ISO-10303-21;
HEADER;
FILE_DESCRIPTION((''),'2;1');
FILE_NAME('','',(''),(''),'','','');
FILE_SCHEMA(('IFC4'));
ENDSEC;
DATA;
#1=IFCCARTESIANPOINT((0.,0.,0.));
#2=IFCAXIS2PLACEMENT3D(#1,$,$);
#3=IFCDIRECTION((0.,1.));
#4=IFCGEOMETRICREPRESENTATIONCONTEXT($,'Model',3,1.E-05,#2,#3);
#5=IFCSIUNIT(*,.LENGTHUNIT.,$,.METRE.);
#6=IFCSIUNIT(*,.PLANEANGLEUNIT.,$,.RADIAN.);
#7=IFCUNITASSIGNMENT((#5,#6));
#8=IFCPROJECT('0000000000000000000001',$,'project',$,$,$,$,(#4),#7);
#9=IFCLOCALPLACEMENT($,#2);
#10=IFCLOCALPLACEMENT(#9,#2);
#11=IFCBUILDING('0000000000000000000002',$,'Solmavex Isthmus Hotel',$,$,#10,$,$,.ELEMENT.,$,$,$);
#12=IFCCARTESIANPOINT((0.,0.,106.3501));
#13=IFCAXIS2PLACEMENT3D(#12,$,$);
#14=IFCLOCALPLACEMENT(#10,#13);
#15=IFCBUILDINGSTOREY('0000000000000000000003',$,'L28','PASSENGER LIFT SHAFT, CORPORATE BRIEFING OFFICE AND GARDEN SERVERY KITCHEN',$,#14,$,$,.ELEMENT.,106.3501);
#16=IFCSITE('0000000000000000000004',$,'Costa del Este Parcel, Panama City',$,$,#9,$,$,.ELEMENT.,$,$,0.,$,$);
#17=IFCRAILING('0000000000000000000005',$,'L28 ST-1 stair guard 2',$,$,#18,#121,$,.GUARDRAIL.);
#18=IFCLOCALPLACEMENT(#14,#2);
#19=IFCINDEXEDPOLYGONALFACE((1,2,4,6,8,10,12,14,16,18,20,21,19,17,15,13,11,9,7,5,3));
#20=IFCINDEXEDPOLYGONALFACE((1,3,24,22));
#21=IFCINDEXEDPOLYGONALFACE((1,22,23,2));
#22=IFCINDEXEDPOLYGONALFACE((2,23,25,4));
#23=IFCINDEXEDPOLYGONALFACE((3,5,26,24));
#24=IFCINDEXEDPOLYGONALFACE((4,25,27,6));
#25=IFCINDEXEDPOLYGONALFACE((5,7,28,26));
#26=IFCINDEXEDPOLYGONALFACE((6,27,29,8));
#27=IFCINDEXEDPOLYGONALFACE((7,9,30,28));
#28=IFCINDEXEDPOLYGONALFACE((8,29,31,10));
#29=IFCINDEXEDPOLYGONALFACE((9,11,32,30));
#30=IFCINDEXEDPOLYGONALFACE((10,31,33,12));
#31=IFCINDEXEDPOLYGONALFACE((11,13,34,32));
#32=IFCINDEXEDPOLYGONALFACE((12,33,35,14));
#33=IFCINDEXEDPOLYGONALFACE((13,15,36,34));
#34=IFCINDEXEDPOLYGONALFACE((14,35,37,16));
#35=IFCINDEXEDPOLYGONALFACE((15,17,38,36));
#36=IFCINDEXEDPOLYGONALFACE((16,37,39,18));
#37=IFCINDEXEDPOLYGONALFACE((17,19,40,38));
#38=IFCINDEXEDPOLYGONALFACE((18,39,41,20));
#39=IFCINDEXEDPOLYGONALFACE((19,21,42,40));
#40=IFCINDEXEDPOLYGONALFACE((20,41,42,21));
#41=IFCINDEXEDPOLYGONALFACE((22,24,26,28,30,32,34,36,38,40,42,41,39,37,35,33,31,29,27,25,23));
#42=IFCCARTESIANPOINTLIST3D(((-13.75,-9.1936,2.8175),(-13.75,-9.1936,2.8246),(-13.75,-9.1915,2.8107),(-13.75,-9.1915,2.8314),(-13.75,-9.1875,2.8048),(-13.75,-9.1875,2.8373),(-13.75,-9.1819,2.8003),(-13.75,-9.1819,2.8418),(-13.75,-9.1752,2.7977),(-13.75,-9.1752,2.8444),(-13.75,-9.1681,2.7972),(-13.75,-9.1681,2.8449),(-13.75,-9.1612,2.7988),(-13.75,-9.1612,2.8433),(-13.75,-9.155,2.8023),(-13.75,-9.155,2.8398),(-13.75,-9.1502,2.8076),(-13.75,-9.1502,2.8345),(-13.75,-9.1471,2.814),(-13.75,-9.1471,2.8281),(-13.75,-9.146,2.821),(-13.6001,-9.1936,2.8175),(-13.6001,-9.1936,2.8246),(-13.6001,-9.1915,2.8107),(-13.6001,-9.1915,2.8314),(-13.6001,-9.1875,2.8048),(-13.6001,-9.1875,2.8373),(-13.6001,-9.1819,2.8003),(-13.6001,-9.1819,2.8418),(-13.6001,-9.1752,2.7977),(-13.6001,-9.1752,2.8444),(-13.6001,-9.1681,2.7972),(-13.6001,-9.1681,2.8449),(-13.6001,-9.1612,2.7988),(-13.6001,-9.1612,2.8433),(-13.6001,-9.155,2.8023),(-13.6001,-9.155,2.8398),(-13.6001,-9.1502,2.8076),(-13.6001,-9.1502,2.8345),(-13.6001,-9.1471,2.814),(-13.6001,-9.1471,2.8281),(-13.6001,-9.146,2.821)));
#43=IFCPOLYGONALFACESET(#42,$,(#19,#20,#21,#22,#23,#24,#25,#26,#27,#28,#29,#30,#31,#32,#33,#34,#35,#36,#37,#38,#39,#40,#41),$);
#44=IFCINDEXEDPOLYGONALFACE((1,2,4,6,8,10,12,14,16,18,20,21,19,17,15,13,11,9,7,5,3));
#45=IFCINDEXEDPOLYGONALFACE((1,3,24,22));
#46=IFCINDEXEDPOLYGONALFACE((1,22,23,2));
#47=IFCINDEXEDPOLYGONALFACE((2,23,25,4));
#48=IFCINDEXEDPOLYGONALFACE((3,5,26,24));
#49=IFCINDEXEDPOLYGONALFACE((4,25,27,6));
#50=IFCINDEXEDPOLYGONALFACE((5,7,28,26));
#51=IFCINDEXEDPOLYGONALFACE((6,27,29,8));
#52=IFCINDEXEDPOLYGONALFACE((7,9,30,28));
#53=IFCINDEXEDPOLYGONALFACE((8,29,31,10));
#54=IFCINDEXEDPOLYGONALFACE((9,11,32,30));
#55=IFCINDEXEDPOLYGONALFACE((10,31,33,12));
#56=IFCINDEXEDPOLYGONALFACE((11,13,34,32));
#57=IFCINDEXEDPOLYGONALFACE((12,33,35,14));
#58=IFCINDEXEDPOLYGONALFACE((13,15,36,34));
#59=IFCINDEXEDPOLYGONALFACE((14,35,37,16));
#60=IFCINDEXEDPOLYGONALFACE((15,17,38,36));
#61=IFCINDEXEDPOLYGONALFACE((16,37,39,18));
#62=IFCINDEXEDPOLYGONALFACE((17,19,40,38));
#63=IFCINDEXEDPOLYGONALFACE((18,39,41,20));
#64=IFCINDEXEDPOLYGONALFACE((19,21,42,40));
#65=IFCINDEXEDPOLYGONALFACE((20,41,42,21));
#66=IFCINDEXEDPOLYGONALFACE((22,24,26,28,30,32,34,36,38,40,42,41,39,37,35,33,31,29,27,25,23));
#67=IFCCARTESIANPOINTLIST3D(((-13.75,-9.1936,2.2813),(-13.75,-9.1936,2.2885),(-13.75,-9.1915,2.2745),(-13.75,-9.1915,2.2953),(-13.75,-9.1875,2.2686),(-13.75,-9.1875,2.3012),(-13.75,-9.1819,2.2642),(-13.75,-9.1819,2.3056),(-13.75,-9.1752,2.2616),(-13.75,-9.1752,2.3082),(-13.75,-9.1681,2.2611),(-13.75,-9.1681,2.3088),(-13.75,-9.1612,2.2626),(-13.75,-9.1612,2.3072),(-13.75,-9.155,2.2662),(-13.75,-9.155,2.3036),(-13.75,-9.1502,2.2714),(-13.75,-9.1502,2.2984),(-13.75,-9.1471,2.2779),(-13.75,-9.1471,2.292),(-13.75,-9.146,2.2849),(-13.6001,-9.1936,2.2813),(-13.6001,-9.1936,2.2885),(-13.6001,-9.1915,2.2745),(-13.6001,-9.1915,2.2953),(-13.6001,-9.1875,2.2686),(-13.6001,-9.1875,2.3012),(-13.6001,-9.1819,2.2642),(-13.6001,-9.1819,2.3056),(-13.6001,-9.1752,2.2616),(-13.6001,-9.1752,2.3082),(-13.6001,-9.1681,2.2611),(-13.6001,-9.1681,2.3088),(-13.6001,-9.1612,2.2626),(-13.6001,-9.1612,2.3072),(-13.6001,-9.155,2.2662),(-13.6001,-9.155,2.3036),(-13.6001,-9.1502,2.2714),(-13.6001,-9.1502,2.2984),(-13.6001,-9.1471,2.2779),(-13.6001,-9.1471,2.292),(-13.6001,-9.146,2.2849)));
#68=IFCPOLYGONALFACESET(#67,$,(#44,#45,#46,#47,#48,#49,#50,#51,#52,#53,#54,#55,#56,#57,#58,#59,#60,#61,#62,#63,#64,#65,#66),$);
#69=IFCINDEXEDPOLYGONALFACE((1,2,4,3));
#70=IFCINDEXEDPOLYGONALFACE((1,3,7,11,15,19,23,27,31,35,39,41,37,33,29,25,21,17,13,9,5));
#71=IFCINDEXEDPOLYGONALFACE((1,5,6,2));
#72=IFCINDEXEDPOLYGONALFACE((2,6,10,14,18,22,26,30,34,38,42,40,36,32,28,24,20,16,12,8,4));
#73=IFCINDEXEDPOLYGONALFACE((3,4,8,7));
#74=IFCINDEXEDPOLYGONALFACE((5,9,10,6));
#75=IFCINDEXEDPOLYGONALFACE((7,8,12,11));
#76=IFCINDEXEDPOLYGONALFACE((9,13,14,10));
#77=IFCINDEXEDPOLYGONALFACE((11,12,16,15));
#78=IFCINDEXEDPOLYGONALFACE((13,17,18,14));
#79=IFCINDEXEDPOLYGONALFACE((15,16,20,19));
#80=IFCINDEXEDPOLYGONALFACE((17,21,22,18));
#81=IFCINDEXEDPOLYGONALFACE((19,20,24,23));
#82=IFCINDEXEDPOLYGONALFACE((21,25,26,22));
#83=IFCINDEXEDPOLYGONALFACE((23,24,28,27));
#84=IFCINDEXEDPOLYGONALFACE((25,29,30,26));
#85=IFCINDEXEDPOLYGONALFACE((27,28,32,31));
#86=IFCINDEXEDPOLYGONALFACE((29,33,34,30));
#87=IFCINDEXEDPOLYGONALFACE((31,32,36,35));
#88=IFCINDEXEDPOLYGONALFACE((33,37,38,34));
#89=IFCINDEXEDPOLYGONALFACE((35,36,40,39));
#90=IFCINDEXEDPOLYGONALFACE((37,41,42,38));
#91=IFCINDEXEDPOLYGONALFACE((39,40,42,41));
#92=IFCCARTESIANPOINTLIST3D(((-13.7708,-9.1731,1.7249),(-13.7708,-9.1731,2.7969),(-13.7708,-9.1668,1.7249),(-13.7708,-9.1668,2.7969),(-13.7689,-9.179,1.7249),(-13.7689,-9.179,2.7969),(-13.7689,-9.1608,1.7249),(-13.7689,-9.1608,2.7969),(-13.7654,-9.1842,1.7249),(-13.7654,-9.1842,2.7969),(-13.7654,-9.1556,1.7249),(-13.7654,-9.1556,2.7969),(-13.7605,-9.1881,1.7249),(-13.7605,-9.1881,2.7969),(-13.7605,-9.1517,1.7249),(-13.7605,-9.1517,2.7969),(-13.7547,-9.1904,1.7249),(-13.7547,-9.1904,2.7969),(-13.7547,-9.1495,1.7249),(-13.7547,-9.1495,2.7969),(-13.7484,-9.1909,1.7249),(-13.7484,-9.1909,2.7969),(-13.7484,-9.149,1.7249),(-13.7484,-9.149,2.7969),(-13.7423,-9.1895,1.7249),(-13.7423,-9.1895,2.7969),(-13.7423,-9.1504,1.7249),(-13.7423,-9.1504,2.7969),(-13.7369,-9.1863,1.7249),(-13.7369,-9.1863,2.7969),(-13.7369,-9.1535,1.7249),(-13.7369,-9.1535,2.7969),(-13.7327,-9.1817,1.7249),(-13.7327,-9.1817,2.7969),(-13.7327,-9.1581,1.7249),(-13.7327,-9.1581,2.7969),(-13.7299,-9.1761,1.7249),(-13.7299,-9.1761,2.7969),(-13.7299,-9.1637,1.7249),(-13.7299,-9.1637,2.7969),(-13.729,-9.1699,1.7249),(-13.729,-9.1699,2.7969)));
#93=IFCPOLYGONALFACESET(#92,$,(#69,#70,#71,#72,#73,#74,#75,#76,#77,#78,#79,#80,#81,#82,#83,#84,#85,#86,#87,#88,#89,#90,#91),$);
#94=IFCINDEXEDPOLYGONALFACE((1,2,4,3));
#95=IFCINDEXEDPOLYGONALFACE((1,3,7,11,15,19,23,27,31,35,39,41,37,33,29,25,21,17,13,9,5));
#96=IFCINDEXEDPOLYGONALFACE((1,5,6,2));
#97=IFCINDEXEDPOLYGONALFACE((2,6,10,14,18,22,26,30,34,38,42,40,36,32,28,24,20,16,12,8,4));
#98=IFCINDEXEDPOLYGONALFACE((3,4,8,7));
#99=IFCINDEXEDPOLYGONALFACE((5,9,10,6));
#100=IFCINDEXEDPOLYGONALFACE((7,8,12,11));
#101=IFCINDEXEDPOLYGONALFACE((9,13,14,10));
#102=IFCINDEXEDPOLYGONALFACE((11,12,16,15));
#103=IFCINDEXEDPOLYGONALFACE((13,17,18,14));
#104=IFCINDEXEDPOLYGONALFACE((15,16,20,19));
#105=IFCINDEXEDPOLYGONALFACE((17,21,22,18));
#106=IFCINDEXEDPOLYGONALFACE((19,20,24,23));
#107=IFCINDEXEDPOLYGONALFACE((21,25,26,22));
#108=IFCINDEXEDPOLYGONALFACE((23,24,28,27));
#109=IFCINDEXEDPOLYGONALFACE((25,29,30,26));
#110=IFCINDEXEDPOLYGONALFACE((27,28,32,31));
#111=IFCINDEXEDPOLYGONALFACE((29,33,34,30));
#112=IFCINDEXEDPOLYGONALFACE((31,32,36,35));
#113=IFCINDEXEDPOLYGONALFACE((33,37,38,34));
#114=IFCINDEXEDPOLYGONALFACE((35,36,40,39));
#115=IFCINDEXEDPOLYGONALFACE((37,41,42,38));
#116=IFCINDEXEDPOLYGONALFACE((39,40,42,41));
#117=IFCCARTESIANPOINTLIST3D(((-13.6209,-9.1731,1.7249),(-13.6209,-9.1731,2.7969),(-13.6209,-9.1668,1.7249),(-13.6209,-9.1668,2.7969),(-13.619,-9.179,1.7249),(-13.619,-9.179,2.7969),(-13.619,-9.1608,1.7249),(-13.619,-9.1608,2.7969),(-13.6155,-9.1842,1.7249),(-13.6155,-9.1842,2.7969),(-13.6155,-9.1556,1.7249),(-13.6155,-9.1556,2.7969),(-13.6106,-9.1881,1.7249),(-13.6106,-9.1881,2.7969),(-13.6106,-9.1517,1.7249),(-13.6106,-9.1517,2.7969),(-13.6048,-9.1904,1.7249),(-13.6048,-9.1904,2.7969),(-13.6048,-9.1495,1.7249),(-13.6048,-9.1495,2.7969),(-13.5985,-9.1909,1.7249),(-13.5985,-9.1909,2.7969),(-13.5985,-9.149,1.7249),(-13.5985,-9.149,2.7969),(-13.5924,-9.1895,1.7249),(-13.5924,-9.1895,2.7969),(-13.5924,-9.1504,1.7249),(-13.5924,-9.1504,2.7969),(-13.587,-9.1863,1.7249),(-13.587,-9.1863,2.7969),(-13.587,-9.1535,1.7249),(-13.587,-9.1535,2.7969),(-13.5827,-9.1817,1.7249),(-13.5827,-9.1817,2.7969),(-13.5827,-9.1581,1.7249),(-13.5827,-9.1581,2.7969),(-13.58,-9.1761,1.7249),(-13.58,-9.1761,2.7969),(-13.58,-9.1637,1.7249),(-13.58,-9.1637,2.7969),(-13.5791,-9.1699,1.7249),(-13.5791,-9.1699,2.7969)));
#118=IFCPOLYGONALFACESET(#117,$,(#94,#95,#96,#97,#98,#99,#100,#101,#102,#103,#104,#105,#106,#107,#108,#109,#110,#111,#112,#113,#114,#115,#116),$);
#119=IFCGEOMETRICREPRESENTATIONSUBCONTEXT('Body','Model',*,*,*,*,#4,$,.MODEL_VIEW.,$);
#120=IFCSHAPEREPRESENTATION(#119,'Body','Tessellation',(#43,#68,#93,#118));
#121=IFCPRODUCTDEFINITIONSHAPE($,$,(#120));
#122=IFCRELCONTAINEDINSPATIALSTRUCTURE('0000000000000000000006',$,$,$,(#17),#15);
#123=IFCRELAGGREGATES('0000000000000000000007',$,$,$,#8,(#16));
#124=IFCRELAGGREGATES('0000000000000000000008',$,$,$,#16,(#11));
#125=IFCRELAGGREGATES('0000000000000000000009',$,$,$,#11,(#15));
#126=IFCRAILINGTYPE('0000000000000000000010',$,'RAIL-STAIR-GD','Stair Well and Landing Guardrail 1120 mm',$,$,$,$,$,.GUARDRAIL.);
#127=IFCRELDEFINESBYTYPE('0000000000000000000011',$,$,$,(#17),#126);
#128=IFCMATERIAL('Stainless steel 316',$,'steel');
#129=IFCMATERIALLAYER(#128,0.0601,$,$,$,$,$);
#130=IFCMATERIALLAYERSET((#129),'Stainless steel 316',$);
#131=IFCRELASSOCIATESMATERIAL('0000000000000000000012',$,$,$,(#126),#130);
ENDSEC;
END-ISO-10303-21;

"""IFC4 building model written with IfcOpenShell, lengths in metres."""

from ifc_helpers import new_model, si_unit, direction, frame, origin, origin_2d, place, context, subcontext, project, spatial, circle, extrude, material, layer, layer_set, type_object, element, save


model = new_model("IFC4")

# Units and contexts
model_context = context("Model", 3, precision=1e-05, world=origin(), true_north=direction((0.0, 1.0)))
body_context = subcontext(model_context, "Body", "Model", "MODEL_VIEW")
ifc_project = project(units=[si_unit("LENGTHUNIT", "METRE"), si_unit("PLANEANGLEUNIT", "RADIAN")], contexts=[model_context])

# Site, building, storey
site_placement = place(None, origin())
site = spatial("IfcSite", under=ifc_project, at=site_placement, Name="Costa del Este Parcel, Panama City", CompositionType="ELEMENT", RefElevation=0.0)
building_placement = place(site_placement, origin())
building = spatial("IfcBuilding", under=site, at=building_placement, Name="Solmavex Isthmus Hotel", CompositionType="ELEMENT")
storey_placement = place(building_placement, frame((0.0, 0.0, 106.3501)))
storey = spatial("IfcBuildingStorey", under=building, at=storey_placement, Name="L28", Description="PASSENGER LIFT SHAFT, CORPORATE BRIEFING OFFICE AND GARDEN SERVERY KITCHEN", CompositionType="ELEMENT", Elevation=106.3501)

# Shared definitions
ifc_material_1 = material(Name="Stainless steel 316", Category="steel")

# Railing
ifc_layer_1 = layer(ifc_material_1, 0.0601)
ifc_layer_set_1 = layer_set([ifc_layer_1], Name="Stainless steel 316")
railing_type_1 = type_object("IfcRailingType", Name="RAIL-STAIR-GD", Description="Stair Well and Landing Guardrail 1120 mm", PredefinedType="GUARDRAIL", material=ifc_layer_set_1)
railing_1_placement = place(storey_placement, frame((-13.75, -9.1699, 1.7249)))
element("IfcRailing", 1, at=railing_1_placement, inside=storey, type_object=railing_type_1, Name="L28 ST-1 stair guard 2", PredefinedType="GUARDRAIL", context=body_context, shape_type="SweptSolid", body=[
    extrude(circle(Radius=0.0239, at=origin_2d()), frame((0.0, 0.0, 1.0962), z_axis=(1.0, 0.0, 0.0), x_axis=(0.0, 1.0, 0.0)), (0.0, 0.0, 1.0), 0.1499),
    extrude(circle(Radius=0.0239, at=origin_2d()), frame((0.0, 0.0, 0.5601), z_axis=(1.0, 0.0, 0.0), x_axis=(0.0, 1.0, 0.0)), (0.0, 0.0, 1.0), 0.1499),
    extrude(circle(Radius=0.021, at=origin_2d()), origin(), (0.0, 0.0, 1.0), 1.072),
    extrude(circle(Radius=0.021, at=origin_2d()), frame((0.1499, 0.0, 0.0)), (0.0, 0.0, 1.0), 1.072),
])

save(model, "model.ifc")
